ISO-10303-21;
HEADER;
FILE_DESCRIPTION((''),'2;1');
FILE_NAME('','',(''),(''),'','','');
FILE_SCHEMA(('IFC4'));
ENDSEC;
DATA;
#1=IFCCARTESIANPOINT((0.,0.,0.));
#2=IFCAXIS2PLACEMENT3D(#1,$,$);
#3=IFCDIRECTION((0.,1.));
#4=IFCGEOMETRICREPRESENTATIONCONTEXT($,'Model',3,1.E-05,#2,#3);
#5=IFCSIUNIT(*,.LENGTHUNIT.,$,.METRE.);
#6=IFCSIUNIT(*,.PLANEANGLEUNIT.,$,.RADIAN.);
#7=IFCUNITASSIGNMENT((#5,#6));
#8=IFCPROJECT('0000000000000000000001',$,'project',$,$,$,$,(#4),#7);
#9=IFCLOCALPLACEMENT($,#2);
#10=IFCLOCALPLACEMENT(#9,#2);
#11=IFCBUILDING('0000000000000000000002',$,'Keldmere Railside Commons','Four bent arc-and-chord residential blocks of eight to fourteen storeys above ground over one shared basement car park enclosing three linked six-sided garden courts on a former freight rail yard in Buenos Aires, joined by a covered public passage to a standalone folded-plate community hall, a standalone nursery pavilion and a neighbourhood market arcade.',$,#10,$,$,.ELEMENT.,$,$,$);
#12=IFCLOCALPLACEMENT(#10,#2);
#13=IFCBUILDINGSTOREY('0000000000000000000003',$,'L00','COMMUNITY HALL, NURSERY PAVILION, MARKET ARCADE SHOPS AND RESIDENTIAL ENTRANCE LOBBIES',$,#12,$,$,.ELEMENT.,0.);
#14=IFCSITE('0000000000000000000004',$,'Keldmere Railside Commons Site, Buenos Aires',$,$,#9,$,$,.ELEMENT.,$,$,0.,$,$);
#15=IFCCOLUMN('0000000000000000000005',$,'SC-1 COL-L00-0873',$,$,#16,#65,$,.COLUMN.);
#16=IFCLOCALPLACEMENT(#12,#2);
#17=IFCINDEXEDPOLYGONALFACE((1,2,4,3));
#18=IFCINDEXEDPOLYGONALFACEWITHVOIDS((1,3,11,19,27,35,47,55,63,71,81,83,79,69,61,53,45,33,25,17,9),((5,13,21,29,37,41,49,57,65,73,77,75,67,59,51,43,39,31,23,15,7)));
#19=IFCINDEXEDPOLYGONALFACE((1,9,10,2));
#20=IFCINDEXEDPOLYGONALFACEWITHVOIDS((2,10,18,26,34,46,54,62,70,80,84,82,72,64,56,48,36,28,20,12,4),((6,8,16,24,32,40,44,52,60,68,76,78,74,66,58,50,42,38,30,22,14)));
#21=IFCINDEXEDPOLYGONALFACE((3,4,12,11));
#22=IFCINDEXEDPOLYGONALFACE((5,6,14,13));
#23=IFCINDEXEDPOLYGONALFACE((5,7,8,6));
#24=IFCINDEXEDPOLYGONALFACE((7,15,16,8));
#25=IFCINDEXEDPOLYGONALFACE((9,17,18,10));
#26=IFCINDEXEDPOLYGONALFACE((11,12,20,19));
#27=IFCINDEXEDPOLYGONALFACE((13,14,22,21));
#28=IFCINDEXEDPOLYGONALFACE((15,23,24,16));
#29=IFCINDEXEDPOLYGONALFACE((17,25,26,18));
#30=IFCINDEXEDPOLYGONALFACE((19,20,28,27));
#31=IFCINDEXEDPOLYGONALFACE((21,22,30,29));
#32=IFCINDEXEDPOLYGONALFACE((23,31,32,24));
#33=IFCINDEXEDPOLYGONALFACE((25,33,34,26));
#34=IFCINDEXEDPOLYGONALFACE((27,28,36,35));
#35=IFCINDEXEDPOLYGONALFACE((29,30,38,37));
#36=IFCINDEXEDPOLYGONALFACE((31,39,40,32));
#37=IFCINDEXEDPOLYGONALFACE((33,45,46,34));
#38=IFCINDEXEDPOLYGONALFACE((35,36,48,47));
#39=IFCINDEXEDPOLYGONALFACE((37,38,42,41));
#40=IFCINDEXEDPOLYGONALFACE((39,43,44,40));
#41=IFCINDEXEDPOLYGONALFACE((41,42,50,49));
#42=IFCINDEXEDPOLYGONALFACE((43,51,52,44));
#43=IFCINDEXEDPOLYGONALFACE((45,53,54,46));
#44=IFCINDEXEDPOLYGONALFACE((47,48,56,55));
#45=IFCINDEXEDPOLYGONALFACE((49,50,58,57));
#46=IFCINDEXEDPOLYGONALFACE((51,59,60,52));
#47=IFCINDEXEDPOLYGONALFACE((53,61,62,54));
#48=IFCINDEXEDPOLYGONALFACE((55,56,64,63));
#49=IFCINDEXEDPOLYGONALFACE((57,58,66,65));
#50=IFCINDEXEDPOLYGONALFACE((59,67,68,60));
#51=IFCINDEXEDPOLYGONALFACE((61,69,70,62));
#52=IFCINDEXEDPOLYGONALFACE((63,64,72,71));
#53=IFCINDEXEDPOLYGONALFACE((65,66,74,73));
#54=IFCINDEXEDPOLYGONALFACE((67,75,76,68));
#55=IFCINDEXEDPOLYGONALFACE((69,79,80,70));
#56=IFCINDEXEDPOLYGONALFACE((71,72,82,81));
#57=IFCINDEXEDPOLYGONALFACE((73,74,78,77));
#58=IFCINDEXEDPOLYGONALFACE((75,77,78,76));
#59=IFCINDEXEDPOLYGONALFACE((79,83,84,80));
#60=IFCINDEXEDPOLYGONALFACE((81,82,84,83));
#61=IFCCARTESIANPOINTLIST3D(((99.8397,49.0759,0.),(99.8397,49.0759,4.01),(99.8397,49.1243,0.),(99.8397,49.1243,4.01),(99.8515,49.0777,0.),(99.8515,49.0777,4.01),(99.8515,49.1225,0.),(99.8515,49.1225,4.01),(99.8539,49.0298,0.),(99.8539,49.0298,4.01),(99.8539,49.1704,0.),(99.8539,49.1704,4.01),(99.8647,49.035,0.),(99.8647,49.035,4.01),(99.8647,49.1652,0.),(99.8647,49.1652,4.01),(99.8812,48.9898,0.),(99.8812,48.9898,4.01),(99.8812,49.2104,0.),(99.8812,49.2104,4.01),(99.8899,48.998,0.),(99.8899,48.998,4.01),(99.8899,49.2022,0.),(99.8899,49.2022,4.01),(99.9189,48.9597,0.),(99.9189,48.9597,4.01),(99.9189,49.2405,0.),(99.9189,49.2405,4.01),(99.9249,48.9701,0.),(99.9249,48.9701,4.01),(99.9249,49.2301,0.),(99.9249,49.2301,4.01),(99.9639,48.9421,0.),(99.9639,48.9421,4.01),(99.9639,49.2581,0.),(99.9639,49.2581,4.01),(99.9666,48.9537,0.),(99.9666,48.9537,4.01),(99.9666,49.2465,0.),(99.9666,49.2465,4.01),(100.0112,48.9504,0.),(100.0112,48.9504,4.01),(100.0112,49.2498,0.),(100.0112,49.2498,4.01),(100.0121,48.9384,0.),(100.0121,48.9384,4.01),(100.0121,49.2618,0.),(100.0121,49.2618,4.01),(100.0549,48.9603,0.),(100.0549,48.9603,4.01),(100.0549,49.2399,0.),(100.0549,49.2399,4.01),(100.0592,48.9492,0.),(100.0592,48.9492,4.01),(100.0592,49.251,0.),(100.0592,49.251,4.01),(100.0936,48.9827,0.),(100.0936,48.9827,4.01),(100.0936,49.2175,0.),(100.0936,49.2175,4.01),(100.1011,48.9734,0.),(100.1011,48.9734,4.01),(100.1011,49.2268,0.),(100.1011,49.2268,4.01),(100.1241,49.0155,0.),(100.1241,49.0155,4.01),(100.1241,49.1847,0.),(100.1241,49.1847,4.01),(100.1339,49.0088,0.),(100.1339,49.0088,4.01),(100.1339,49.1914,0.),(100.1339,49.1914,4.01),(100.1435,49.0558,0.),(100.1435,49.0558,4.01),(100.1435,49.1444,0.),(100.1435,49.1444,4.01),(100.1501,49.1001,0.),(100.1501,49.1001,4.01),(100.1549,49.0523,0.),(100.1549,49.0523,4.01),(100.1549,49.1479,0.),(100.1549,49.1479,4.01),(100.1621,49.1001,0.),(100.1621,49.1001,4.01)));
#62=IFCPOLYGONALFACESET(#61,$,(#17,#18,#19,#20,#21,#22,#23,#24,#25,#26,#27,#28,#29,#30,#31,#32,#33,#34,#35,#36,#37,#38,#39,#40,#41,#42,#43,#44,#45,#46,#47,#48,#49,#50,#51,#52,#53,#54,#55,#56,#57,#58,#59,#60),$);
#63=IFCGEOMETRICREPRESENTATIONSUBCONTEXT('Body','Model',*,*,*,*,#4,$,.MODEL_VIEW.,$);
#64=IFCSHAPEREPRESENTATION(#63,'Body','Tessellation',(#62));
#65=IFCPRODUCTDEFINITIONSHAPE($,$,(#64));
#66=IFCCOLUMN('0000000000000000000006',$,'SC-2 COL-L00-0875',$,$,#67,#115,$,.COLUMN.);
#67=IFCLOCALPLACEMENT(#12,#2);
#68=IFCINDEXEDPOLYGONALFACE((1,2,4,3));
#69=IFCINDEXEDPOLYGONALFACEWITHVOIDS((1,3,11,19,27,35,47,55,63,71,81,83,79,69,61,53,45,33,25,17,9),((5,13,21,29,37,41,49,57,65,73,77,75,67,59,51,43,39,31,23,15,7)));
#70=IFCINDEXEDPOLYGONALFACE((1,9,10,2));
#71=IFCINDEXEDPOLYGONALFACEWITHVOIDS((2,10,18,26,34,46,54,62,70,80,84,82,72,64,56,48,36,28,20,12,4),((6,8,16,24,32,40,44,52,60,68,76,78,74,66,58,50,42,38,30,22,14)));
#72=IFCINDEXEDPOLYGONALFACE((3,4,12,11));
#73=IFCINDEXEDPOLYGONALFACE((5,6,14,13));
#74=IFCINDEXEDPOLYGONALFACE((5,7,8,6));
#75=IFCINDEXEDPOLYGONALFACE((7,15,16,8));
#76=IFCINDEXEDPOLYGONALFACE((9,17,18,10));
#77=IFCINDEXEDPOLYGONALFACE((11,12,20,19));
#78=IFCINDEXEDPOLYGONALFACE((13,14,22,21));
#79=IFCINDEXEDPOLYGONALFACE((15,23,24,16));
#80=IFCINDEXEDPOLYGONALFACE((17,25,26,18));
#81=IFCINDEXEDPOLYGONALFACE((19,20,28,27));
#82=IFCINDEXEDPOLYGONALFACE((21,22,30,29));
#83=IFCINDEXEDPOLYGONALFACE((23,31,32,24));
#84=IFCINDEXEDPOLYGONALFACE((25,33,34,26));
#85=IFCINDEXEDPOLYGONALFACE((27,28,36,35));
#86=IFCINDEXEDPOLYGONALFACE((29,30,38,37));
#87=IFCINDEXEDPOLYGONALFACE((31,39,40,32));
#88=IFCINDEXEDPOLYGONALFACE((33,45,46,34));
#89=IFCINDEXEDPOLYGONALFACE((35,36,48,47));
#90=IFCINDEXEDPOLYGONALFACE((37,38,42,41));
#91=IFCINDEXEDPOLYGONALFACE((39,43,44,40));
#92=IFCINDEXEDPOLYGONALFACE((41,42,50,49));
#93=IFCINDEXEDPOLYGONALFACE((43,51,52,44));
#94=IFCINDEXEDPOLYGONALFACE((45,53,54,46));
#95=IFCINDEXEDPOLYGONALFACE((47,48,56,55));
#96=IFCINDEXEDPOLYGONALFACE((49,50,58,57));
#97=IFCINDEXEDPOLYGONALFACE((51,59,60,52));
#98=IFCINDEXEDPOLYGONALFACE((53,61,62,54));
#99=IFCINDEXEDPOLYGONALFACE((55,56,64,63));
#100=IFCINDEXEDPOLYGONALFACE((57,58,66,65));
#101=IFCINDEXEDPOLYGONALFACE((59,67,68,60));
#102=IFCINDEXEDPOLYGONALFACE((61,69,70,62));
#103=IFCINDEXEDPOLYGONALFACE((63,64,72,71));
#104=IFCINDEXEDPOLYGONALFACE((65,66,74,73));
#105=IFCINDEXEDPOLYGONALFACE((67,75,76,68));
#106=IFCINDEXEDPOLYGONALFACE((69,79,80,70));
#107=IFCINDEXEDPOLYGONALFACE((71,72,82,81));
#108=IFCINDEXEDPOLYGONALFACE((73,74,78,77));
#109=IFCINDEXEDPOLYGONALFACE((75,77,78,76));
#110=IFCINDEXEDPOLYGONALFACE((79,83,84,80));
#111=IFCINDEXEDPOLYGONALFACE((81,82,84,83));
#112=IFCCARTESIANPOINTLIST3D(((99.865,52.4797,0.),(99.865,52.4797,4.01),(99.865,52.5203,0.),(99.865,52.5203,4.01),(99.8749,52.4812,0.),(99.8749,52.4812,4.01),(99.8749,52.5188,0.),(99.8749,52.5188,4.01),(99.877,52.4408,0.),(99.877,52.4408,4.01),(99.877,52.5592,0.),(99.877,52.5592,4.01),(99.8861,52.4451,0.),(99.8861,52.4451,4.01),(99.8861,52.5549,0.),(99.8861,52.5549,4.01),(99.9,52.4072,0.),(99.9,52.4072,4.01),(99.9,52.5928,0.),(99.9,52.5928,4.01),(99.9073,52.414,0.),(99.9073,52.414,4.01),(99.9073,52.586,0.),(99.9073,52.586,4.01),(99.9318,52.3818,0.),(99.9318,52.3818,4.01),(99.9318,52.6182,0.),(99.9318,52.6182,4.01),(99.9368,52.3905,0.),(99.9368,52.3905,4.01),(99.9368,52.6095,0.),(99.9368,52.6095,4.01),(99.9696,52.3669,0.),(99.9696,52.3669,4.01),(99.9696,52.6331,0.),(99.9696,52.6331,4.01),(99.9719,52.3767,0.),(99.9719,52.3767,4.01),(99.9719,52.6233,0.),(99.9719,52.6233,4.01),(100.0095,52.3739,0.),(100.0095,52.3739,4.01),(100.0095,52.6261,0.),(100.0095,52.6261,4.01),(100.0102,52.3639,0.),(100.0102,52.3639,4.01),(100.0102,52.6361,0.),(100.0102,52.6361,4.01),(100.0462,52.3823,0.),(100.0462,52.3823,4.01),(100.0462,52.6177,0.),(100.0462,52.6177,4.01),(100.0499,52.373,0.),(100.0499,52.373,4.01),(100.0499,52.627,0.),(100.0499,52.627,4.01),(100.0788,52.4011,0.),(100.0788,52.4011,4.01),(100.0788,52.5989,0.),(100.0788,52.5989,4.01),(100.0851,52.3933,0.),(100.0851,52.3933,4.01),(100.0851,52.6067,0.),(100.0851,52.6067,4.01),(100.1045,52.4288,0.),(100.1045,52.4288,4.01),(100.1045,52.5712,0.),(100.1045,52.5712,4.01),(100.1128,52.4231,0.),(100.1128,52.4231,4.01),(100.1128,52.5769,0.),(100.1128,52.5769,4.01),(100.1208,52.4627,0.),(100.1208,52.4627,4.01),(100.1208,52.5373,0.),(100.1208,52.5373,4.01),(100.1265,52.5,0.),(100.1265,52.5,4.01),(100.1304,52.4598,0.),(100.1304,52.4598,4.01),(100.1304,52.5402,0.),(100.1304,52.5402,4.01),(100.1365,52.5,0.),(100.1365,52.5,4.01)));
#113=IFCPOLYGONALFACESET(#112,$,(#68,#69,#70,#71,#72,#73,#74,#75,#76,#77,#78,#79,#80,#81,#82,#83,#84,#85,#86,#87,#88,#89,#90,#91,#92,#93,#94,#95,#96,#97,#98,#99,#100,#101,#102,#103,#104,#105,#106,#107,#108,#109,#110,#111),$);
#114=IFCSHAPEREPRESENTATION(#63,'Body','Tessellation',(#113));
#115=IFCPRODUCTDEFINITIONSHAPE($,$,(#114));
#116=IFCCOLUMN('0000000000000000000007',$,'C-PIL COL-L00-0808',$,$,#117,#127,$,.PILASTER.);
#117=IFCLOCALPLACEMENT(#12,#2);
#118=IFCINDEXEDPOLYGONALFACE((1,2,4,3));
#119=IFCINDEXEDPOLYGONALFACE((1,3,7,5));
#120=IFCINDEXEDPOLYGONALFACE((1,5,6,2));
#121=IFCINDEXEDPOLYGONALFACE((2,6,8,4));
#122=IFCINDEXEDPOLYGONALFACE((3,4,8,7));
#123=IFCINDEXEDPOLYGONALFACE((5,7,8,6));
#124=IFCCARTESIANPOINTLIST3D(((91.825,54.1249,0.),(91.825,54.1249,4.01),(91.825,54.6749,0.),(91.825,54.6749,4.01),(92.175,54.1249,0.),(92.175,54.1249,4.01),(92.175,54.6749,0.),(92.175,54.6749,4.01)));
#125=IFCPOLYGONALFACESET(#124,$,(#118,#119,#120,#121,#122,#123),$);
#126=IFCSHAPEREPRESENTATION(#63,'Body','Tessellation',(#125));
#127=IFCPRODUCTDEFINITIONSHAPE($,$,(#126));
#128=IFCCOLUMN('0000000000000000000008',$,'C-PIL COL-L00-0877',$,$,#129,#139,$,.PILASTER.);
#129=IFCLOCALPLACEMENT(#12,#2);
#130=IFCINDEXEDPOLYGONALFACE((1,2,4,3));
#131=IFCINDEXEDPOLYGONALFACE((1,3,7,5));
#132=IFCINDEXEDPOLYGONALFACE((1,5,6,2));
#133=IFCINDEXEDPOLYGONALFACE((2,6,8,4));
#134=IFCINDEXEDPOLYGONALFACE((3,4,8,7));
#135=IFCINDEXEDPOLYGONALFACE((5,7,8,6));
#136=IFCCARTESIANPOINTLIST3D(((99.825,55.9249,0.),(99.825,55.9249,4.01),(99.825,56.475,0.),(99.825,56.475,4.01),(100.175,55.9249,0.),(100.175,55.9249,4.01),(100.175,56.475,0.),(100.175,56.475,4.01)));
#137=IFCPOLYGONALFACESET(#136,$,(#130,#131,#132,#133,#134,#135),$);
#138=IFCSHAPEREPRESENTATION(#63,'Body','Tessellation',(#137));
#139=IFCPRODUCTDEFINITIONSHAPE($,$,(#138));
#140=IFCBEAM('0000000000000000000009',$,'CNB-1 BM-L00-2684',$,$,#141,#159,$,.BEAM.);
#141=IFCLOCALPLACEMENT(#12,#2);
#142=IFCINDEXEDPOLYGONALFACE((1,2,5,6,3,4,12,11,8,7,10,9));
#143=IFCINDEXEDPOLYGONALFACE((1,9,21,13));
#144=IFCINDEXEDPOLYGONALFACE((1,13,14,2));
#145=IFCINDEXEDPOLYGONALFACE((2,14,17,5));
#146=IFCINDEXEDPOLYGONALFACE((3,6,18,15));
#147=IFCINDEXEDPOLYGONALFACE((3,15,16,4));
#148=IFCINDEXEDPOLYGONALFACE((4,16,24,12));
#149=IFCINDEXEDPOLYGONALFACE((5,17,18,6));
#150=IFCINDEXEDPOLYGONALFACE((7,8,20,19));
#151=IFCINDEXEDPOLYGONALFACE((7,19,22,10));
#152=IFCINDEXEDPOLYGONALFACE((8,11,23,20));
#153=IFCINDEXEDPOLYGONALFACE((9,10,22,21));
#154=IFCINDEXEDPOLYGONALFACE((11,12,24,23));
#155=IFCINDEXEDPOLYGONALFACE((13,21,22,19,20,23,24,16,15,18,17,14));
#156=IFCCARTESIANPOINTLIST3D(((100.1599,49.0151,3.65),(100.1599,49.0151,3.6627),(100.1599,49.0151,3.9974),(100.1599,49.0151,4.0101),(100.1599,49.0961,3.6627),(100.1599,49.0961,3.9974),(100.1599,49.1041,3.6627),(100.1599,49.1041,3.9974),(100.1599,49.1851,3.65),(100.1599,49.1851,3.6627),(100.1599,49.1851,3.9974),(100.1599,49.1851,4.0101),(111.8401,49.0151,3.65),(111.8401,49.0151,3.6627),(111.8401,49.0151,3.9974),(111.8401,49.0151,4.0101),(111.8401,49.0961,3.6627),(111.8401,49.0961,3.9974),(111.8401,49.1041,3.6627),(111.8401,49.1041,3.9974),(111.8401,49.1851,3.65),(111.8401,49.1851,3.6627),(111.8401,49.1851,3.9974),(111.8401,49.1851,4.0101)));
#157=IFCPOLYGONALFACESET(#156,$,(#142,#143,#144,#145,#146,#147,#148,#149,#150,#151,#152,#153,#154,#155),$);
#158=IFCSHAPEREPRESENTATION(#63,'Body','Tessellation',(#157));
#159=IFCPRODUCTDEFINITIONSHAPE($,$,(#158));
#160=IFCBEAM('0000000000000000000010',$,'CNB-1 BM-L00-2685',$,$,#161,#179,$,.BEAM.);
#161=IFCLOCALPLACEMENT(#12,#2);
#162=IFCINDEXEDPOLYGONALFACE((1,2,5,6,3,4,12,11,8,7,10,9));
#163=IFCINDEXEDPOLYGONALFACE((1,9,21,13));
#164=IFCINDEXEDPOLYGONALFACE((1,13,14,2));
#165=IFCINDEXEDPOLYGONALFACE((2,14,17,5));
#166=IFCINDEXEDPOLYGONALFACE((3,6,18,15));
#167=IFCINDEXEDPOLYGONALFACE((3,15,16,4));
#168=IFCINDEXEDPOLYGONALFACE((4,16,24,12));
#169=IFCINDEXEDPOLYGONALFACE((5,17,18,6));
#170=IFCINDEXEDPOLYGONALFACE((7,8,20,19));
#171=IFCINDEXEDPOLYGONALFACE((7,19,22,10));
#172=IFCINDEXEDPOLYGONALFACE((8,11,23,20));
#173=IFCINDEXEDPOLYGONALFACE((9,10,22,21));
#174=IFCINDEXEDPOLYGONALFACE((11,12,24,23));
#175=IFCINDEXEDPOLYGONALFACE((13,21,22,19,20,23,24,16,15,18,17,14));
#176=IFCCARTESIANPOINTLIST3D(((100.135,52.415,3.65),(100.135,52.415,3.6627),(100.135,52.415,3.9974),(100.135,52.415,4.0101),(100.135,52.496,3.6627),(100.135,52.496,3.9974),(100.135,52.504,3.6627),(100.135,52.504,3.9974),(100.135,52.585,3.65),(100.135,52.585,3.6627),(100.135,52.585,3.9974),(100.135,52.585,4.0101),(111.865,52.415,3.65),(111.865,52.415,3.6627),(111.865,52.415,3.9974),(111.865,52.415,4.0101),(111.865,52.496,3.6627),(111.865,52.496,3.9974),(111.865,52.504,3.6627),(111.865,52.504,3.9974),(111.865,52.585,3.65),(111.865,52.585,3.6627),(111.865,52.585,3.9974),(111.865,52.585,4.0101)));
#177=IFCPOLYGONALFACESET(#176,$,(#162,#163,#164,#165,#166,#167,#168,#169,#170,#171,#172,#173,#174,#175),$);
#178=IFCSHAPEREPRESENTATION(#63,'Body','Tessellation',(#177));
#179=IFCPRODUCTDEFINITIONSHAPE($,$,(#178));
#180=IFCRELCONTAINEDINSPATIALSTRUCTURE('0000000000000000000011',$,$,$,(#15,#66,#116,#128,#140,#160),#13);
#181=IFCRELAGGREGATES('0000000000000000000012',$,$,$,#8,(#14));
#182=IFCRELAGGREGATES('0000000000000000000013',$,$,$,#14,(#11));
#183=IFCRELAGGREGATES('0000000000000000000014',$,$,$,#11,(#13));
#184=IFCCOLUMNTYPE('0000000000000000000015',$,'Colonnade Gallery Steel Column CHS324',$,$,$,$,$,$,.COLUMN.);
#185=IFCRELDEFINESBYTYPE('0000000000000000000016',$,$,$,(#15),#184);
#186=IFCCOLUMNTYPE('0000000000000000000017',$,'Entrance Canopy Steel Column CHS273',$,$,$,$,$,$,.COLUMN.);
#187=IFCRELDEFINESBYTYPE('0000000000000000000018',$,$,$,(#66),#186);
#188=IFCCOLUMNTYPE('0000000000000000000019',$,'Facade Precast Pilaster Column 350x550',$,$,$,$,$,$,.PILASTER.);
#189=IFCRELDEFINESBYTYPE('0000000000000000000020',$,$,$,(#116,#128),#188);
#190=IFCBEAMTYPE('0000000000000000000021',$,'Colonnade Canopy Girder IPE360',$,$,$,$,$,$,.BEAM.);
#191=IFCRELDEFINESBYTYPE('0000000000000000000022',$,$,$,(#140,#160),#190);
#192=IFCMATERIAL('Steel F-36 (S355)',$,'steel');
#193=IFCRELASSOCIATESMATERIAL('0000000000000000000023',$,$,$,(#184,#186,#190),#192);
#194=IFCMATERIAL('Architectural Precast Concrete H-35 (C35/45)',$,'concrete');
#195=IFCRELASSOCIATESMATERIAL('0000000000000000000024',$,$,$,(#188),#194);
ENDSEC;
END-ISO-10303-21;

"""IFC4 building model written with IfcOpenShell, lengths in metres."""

from ifc_helpers import new_model, si_unit, direction, frame, origin, origin_2d, place, context, subcontext, project, spatial, rectangle, hollow_circle, i_section, extrude, material, material_profile, profile_set, type_object, element, save


model = new_model("IFC4")

# Units and contexts
model_context = context("Model", 3, precision=1e-05, world=origin(), true_north=direction((0.0, 1.0)))
body_context = subcontext(model_context, "Body", "Model", "MODEL_VIEW")
ifc_project = project(units=[si_unit("LENGTHUNIT", "METRE"), si_unit("PLANEANGLEUNIT", "RADIAN")], contexts=[model_context])

# Site, building, storey
site_placement = place(None, origin())
site = spatial("IfcSite", under=ifc_project, at=site_placement, Name="Keldmere Railside Commons Site, Buenos Aires", CompositionType="ELEMENT", RefElevation=0.0)
building_placement = place(site_placement, origin())
building = spatial("IfcBuilding", under=site, at=building_placement, Name="Keldmere Railside Commons", Description="Four bent arc-and-chord residential blocks of eight to fourteen storeys above ground over one shared basement car park enclosing three linked six-sided garden courts on a former freight rail yard in Buenos Aires, joined by a covered public passage to a standalone folded-plate community hall, a standalone nursery pavilion and a neighbourhood market arcade.", CompositionType="ELEMENT")
storey_placement = place(building_placement, origin())
storey = spatial("IfcBuildingStorey", under=building, at=storey_placement, Name="L00", Description="COMMUNITY HALL, NURSERY PAVILION, MARKET ARCADE SHOPS AND RESIDENTIAL ENTRANCE LOBBIES", CompositionType="ELEMENT", Elevation=0.0)

# Columns
ifc_material_1 = material(Name="Steel F-36 (S355)", Category="steel")
ifc_material_profile_1 = material_profile(ifc_material_1, hollow_circle(Radius=0.1621, WallThickness=0.012, at=origin_2d()), Name="CHS-324x12")
ifc_profile_set_1 = profile_set([ifc_material_profile_1], Name="Steel F-36 (S355)")
column_type_1 = type_object("IfcColumnType", Name="Colonnade Gallery Steel Column CHS324", PredefinedType="COLUMN", material=ifc_profile_set_1)
column_1_placement = place(storey_placement, frame((100.0, 49.1001, 0.0), z_axis=(0.0, 0.0, 1.0), x_axis=(1.0, 0.0, 0.0)))
element("IfcColumn", 1, at=column_1_placement, inside=storey, type_object=column_type_1, Name="SC-1 COL-L00-0873", PredefinedType="COLUMN", context=body_context, shape_type="SweptSolid", body=[
    extrude(hollow_circle(Radius=0.1621, WallThickness=0.012, at=origin_2d()), origin(), (0.0, 0.0, 1.0), 4.01),
])
ifc_material_profile_2 = material_profile(ifc_material_1, hollow_circle(Radius=0.1365, WallThickness=0.01, at=origin_2d()), Name="CHS-273x10")
ifc_profile_set_2 = profile_set([ifc_material_profile_2], Name="Steel F-36 (S355)")
column_type_2 = type_object("IfcColumnType", Name="Entrance Canopy Steel Column CHS273", PredefinedType="COLUMN", material=ifc_profile_set_2)
column_2_placement = place(storey_placement, frame((100.0, 52.5, 0.0), z_axis=(0.0, 0.0, 1.0), x_axis=(1.0, 0.0, 0.0)))
element("IfcColumn", 2, at=column_2_placement, inside=storey, type_object=column_type_2, Name="SC-2 COL-L00-0875", PredefinedType="COLUMN", context=body_context, shape_type="SweptSolid", body=[
    extrude(hollow_circle(Radius=0.1365, WallThickness=0.01, at=origin_2d()), origin(), (0.0, 0.0, 1.0), 4.01),
])
ifc_material_2 = material(Name="Architectural Precast Concrete H-35 (C35/45)", Category="concrete")
ifc_material_profile_3 = material_profile(ifc_material_2, rectangle(XDim=0.3501, YDim=0.55, at=origin_2d()), Name="RC-350x550")
ifc_profile_set_3 = profile_set([ifc_material_profile_3], Name="Architectural Precast Concrete H-35 (C35/45)")
column_type_3 = type_object("IfcColumnType", Name="Facade Precast Pilaster Column 350x550", PredefinedType="PILASTER", material=ifc_profile_set_3)
for number, where, z_axis, x_axis, name in (
    (3, (92.0, 54.3999, 0.0), (0.0, 0.0, 1.0), (1.0, 0.0, 0.0), "C-PIL COL-L00-0808"),
    (4, (100.0, 56.2, 0.0), (0.0, 0.0, 1.0), (1.0, 0.0, 0.0), "C-PIL COL-L00-0877"),
):
    element("IfcColumn", number, at=place(storey_placement, frame(where, z_axis=z_axis, x_axis=x_axis)), inside=storey, type_object=column_type_3, Name=name, PredefinedType="PILASTER", context=body_context, shape_type="SweptSolid", body=[
        extrude(rectangle(XDim=0.3501, YDim=0.55, at=origin_2d()), origin(), (0.0, 0.0, 1.0), 4.01),
    ])

# Beams
ifc_material_profile_4 = material_profile(ifc_material_1, i_section(OverallWidth=0.1699, OverallDepth=0.3601, WebThickness=0.0081, FlangeThickness=0.0127, at=origin_2d()), Name="IPE-360")
ifc_profile_set_4 = profile_set([ifc_material_profile_4], Name="Steel F-36 (S355)")
beam_type_1 = type_object("IfcBeamType", Name="Colonnade Canopy Girder IPE360", PredefinedType="BEAM", material=ifc_profile_set_4)
beam_1_placement = place(storey_placement, frame((100.1599, 49.1001, 3.8301), z_axis=(1.0, 0.0, 0.0), x_axis=(0.0, 1.0, 0.0)))
element("IfcBeam", 5, at=beam_1_placement, inside=storey, type_object=beam_type_1, Name="CNB-1 BM-L00-2684", PredefinedType="BEAM", context=body_context, shape_type="SweptSolid", body=[
    extrude(i_section(OverallWidth=0.1699, OverallDepth=0.3601, WebThickness=0.0081, FlangeThickness=0.0127, at=origin_2d()), origin(), (0.0, 0.0, 1.0), 11.6802),
])
beam_2_placement = place(storey_placement, frame((100.135, 52.5, 3.8301), z_axis=(1.0, 0.0, 0.0), x_axis=(0.0, 1.0, 0.0)))
element("IfcBeam", 6, at=beam_2_placement, inside=storey, type_object=beam_type_1, Name="CNB-1 BM-L00-2685", PredefinedType="BEAM", context=body_context, shape_type="SweptSolid", body=[
    extrude(i_section(OverallWidth=0.1699, OverallDepth=0.3601, WebThickness=0.0081, FlangeThickness=0.0127, at=origin_2d()), origin(), (0.0, 0.0, 1.0), 11.73),
])

save(model, "model.ifc")
